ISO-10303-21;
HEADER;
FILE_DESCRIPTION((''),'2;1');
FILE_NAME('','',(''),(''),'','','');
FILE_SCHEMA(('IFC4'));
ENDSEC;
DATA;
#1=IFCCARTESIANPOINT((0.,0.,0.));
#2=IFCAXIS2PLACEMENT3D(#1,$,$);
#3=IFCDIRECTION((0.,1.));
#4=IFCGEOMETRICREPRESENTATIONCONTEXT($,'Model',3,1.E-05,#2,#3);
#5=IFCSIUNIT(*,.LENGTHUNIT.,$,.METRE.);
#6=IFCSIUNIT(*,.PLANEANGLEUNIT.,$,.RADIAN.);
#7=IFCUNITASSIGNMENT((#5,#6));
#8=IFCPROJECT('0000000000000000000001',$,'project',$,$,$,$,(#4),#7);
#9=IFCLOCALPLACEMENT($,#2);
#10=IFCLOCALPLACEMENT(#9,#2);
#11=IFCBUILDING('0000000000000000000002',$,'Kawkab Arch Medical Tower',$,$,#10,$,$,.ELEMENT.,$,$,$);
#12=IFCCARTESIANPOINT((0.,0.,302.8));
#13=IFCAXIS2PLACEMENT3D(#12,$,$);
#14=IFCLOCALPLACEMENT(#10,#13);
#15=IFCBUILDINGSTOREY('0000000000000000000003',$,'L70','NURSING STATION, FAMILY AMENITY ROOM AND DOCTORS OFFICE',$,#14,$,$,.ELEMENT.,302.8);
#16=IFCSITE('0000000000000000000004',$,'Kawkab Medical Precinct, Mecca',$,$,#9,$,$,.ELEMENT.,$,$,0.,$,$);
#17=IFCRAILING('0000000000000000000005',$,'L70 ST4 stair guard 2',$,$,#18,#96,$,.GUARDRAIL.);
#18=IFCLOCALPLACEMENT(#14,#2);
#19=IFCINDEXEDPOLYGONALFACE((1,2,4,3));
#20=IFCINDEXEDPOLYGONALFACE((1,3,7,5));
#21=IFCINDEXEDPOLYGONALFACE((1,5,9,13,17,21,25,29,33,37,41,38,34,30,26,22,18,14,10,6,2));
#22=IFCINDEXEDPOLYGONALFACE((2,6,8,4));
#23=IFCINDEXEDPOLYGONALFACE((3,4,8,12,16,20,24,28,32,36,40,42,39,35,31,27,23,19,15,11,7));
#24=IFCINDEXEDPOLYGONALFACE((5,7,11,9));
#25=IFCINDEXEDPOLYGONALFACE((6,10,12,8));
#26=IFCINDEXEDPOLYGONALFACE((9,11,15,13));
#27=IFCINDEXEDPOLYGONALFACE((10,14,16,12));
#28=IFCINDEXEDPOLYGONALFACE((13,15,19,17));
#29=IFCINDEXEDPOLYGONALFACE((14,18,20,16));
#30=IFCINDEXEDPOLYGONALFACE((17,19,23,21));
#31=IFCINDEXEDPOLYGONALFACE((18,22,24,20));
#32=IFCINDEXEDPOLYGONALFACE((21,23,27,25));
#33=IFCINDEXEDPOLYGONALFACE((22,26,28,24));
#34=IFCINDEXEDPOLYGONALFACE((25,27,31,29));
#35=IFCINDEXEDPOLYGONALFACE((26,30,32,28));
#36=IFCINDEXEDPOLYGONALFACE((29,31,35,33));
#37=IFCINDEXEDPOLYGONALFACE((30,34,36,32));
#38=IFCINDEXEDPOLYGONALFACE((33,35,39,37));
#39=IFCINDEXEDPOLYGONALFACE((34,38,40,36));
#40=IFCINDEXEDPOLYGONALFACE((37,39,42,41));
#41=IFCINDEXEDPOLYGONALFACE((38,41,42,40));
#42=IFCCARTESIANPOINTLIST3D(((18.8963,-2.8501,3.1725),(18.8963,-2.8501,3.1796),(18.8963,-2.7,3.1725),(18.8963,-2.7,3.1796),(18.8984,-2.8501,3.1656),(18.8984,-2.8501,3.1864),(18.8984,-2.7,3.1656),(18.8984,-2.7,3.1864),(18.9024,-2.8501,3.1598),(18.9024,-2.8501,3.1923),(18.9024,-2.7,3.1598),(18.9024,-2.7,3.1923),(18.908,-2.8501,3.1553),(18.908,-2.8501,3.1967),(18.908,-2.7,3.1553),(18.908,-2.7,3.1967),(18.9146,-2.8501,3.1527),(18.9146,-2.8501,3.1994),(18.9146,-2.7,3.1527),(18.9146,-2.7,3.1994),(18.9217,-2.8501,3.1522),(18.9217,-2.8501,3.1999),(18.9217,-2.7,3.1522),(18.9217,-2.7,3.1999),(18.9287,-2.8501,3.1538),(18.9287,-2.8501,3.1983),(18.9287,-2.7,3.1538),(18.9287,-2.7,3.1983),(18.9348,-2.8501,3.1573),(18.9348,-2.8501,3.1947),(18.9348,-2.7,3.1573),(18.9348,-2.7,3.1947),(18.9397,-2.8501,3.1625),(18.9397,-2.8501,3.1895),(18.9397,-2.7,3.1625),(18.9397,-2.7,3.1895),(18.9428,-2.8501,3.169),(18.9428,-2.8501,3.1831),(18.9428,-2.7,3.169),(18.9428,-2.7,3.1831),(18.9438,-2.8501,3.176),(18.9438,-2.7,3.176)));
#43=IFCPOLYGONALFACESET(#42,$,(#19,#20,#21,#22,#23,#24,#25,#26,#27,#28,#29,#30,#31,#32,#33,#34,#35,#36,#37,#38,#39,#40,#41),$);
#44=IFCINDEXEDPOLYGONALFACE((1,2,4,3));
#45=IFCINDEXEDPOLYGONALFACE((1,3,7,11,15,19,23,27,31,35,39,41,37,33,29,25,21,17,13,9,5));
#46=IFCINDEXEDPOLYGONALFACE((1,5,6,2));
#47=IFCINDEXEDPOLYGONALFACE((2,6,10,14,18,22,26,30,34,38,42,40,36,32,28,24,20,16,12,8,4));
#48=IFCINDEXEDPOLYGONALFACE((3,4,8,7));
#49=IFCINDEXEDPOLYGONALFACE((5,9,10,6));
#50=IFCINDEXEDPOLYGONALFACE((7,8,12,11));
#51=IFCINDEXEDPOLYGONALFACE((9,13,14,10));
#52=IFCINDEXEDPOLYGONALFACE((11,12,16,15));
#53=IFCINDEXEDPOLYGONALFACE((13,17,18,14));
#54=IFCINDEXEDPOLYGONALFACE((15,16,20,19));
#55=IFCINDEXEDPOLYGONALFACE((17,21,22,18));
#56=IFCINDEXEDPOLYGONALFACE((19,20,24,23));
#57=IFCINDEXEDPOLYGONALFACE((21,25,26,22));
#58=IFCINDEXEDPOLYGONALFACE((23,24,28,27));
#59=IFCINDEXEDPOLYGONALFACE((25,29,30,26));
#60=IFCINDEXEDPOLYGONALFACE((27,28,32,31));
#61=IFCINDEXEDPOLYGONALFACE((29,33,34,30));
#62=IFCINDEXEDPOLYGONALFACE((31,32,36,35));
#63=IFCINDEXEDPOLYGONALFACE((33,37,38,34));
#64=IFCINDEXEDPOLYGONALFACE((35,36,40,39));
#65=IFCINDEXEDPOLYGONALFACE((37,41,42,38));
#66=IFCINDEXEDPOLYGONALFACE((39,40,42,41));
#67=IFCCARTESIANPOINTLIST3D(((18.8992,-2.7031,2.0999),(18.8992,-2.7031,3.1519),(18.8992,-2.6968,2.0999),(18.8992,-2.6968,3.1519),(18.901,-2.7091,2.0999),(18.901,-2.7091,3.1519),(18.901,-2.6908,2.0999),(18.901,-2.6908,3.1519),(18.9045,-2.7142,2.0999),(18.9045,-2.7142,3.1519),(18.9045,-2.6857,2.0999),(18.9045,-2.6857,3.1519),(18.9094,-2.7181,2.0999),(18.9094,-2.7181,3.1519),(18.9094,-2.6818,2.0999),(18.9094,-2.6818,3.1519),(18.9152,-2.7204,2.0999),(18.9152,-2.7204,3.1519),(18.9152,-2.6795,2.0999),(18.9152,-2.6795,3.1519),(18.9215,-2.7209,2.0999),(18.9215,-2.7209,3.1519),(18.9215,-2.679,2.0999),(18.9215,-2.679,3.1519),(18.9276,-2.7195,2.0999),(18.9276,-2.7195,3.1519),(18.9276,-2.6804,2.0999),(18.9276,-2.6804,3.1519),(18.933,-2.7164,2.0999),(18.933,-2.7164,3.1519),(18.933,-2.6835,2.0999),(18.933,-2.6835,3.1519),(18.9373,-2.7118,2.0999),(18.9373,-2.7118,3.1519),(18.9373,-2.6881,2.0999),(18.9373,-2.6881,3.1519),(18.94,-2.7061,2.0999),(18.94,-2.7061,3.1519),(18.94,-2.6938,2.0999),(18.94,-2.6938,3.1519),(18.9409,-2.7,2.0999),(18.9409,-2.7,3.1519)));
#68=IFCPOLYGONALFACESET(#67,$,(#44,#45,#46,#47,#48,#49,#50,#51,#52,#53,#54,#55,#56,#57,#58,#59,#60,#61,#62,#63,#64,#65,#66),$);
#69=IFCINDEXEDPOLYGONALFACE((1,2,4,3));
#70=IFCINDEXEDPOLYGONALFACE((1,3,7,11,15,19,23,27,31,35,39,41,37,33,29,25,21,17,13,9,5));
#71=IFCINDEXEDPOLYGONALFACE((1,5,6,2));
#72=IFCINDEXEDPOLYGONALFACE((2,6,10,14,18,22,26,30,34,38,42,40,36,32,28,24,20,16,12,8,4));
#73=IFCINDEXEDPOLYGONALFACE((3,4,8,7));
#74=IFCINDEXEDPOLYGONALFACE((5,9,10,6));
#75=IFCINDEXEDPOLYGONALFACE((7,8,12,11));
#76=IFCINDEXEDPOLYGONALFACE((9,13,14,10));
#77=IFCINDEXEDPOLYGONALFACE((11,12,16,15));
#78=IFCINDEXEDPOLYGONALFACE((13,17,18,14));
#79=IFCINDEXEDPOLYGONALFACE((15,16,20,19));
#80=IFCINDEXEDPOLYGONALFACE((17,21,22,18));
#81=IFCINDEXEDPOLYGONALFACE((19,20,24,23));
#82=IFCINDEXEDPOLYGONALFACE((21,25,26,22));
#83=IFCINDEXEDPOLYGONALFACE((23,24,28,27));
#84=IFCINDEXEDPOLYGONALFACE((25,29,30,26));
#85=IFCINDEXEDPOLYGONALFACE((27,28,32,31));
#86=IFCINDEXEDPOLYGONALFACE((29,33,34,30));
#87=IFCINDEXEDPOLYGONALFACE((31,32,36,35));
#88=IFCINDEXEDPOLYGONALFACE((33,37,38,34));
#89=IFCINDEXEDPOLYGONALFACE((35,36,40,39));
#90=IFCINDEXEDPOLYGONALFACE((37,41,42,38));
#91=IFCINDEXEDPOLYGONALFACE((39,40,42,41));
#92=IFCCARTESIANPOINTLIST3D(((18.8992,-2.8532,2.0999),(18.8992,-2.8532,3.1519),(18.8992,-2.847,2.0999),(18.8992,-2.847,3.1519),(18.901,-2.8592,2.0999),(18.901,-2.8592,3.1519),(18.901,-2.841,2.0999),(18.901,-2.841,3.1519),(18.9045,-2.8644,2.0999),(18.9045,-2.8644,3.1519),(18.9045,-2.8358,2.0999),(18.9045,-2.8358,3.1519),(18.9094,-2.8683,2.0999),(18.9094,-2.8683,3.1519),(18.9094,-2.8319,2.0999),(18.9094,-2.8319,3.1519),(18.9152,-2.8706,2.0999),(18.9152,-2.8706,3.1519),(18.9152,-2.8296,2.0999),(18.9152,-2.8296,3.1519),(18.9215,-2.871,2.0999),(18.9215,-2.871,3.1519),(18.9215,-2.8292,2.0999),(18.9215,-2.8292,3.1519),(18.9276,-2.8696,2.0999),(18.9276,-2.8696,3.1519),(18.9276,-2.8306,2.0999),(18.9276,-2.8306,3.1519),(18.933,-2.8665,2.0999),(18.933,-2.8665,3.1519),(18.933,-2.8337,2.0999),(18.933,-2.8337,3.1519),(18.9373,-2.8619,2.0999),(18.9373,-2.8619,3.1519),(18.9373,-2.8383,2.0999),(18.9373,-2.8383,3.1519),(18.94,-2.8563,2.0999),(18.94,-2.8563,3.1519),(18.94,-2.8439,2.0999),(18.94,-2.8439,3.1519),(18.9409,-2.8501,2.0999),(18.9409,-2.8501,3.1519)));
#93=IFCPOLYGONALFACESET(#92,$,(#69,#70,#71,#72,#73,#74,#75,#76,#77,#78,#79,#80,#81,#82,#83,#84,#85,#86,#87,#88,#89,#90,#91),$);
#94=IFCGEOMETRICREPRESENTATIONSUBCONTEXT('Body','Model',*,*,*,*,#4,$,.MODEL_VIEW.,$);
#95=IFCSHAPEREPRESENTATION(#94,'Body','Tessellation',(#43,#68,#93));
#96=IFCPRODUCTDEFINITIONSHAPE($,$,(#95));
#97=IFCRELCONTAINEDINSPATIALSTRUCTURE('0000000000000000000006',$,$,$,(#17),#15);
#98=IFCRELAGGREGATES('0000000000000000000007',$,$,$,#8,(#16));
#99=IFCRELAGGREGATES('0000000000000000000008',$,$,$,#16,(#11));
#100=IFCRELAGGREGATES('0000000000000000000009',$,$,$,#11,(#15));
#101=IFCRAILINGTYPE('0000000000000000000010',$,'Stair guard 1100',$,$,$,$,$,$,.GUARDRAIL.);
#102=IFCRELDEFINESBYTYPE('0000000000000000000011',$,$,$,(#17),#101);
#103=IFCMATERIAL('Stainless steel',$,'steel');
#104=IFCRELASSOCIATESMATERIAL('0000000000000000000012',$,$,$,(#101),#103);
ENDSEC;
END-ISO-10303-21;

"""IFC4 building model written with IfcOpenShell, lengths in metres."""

from ifc_helpers import new_model, si_unit, direction, frame, origin, origin_2d, place, context, subcontext, project, spatial, circle, extrude, material, type_object, element, save


model = new_model("IFC4")

# Units and contexts
model_context = context("Model", 3, precision=1e-05, world=origin(), true_north=direction((0.0, 1.0)))
body_context = subcontext(model_context, "Body", "Model", "MODEL_VIEW")
ifc_project = project(units=[si_unit("LENGTHUNIT", "METRE"), si_unit("PLANEANGLEUNIT", "RADIAN")], contexts=[model_context])

# Site, building, storey
site_placement = place(None, origin())
site = spatial("IfcSite", under=ifc_project, at=site_placement, Name="Kawkab Medical Precinct, Mecca", CompositionType="ELEMENT", RefElevation=0.0)
building_placement = place(site_placement, origin())
building = spatial("IfcBuilding", under=site, at=building_placement, Name="Kawkab Arch Medical Tower", CompositionType="ELEMENT")
storey_placement = place(building_placement, frame((0.0, 0.0, 302.8)))
storey = spatial("IfcBuildingStorey", under=building, at=storey_placement, Name="L70", Description="NURSING STATION, FAMILY AMENITY ROOM AND DOCTORS OFFICE", CompositionType="ELEMENT", Elevation=302.8)

# Railing
ifc_material_1 = material(Name="Stainless steel", Category="steel")
railing_type_1 = type_object("IfcRailingType", Name="Stair guard 1100", PredefinedType="GUARDRAIL", material=ifc_material_1)
railing_1_placement = place(storey_placement, frame((18.9199, -2.7, 2.0999)))
element("IfcRailing", 1, at=railing_1_placement, inside=storey, type_object=railing_type_1, Name="L70 ST4 stair guard 2", PredefinedType="GUARDRAIL", context=body_context, shape_type="SweptSolid", body=[
    extrude(circle(Radius=0.0239, at=origin_2d()), frame((0.0, 0.0, 1.0762), z_axis=(0.0, -1.0, 0.0), x_axis=(1.0, 0.0, 0.0)), (0.0, 0.0, 1.0), 0.1501),
    extrude(circle(Radius=0.021, at=origin_2d()), origin(), (0.0, 0.0, 1.0), 1.052),
    extrude(circle(Radius=0.021, at=origin_2d()), frame((0.0, -0.1501, 0.0)), (0.0, 0.0, 1.0), 1.052),
])

save(model, "model.ifc")
